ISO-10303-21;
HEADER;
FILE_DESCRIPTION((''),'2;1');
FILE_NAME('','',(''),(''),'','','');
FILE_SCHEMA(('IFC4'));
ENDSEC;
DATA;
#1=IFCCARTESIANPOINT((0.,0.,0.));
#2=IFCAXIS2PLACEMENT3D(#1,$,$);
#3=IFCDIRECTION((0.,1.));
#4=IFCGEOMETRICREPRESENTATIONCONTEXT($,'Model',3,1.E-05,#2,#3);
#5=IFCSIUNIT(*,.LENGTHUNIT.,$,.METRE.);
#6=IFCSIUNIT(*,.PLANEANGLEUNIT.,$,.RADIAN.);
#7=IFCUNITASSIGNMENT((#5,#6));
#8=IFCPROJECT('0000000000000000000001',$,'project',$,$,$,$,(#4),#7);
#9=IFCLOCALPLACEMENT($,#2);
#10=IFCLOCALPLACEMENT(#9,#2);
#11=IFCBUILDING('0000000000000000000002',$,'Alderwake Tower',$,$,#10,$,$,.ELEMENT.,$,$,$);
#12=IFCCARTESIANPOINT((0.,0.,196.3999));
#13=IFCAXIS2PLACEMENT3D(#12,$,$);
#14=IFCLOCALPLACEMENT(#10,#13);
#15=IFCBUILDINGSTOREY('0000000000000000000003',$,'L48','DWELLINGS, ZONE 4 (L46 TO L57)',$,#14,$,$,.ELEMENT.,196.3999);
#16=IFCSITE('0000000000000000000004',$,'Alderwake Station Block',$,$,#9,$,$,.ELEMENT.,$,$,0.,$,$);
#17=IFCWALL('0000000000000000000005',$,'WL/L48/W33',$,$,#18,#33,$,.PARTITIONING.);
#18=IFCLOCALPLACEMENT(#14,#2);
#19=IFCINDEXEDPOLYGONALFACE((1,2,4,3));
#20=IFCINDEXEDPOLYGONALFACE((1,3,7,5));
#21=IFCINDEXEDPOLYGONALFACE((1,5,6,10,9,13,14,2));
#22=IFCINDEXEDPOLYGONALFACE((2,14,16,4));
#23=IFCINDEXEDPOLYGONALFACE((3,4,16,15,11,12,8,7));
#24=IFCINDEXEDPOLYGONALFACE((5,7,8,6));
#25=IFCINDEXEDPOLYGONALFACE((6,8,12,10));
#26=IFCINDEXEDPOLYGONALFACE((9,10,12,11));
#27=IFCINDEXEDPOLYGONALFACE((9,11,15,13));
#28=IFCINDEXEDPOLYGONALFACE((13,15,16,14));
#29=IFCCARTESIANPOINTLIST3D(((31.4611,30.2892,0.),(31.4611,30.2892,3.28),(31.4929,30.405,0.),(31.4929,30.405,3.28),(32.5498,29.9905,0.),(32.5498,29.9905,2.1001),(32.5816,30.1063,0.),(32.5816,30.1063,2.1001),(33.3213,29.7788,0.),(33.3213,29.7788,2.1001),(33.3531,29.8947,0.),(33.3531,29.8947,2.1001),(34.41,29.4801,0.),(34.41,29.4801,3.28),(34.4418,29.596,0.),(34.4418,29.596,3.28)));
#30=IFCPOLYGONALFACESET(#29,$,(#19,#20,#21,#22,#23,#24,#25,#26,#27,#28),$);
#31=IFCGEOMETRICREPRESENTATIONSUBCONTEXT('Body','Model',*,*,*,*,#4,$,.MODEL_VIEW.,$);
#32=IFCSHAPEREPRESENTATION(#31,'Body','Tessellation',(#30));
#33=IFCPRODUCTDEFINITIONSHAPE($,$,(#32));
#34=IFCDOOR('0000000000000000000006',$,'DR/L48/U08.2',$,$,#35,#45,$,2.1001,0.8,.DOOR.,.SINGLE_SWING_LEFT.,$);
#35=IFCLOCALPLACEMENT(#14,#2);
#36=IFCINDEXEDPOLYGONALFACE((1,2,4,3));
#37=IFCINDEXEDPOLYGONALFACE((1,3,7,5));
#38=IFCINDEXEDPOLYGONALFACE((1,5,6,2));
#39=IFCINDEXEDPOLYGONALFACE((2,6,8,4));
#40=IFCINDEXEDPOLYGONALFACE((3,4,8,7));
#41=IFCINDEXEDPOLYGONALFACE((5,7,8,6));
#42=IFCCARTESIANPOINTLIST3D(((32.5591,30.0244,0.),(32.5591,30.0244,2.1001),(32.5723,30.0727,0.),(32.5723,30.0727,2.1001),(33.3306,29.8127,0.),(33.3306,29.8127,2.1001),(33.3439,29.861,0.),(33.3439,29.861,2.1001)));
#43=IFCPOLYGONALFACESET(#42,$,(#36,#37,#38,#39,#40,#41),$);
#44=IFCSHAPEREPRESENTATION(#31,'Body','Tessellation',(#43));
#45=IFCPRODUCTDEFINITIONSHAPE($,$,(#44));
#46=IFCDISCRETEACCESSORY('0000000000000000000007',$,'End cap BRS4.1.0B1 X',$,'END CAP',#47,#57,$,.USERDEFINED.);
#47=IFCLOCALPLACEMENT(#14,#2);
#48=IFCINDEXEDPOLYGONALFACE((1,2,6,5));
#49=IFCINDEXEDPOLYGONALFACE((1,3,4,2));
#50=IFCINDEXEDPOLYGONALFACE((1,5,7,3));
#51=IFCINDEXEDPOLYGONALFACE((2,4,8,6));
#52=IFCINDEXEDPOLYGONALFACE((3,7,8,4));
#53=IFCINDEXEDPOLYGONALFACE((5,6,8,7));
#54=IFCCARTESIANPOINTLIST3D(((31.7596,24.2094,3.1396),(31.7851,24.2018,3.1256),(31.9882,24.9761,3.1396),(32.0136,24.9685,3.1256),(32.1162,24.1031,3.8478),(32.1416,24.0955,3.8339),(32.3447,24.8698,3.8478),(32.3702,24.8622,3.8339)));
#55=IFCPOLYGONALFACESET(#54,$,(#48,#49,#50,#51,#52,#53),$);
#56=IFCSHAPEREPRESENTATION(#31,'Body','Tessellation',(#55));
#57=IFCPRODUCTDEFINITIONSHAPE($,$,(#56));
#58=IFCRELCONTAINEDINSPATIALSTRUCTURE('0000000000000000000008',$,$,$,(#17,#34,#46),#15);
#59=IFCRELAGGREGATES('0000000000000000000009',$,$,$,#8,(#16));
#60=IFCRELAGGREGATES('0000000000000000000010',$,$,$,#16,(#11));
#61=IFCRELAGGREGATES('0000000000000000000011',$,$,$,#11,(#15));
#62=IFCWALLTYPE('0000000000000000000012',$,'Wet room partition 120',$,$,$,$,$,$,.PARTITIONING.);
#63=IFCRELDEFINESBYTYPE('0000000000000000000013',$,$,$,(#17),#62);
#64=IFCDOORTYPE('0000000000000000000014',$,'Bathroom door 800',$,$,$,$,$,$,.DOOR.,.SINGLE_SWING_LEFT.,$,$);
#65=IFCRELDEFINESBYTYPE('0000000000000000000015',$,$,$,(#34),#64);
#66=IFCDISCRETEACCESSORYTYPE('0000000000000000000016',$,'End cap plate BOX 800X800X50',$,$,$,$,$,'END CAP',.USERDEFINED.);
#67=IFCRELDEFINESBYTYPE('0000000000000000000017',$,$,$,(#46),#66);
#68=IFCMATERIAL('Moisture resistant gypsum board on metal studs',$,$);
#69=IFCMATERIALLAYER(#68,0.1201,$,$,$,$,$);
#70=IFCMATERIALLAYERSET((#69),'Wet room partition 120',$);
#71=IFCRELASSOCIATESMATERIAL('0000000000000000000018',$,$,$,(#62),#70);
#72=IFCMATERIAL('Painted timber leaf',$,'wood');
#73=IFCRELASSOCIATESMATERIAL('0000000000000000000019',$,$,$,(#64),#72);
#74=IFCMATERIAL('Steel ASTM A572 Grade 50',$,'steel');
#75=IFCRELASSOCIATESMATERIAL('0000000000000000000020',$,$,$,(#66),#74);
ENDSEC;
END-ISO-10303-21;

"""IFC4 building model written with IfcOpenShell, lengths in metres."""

from ifc_helpers import new_model, si_unit, direction, frame, frame_2d, origin, origin_2d, place, context, subcontext, project, spatial, rectangle, extrude, material, layer, layer_set, material_profile, profile_set, type_object, element, fill, save


model = new_model("IFC4")

# Units and contexts
model_context = context("Model", 3, precision=1e-05, world=origin(), true_north=direction((0.0, 1.0)))
body_context = subcontext(model_context, "Body", "Model", "MODEL_VIEW")
ifc_project = project(units=[si_unit("LENGTHUNIT", "METRE"), si_unit("PLANEANGLEUNIT", "RADIAN")], contexts=[model_context])

# Site, building, storey
site_placement = place(None, origin())
site = spatial("IfcSite", under=ifc_project, at=site_placement, Name="Alderwake Station Block", CompositionType="ELEMENT", RefElevation=0.0)
building_placement = place(site_placement, origin())
building = spatial("IfcBuilding", under=site, at=building_placement, Name="Alderwake Tower", CompositionType="ELEMENT")
storey_placement = place(building_placement, frame((0.0, 0.0, 196.3999)))
storey = spatial("IfcBuildingStorey", under=building, at=storey_placement, Name="L48", Description="DWELLINGS, ZONE 4 (L46 TO L57)", CompositionType="ELEMENT", Elevation=196.3999)

# Shared definitions
ifc_material_1 = material(Name="Moisture resistant gypsum board on metal studs")
ifc_layer_1 = layer(ifc_material_1, 0.1201)
ifc_layer_set_1 = layer_set([ifc_layer_1], Name="Wet room partition 120")
wall_type_1 = type_object("IfcWallType", Name="Wet room partition 120", PredefinedType="PARTITIONING", material=ifc_layer_set_1)

# Wall, opening, door
wall_1_placement = place(storey_placement, frame((34.4258, 29.5381, 0.0), z_axis=(0.0, 0.0, 1.0), x_axis=(-0.964363, 0.264583, 0.0)))
wall_1 = element("IfcWall", 1, at=wall_1_placement, inside=storey, type_object=wall_type_1, Name="WL/L48/W33", PredefinedType="PARTITIONING", context=body_context, shape_type="SweptSolid", body=[
    extrude(rectangle(XDim=3.0579, YDim=0.1201, at=frame_2d((1.5288, 0.0))), origin(), (0.0, 0.0, 1.0), 3.28),
])
opening_1_placement = place(wall_1_placement, frame((1.1289, 0.0, 0.0)))
opening_1 = element("IfcOpeningElement", 2, at=opening_1_placement, cuts=wall_1, PredefinedType="OPENING", context=body_context, shape_type="SweptSolid", body=[
    extrude(rectangle(XDim=0.8, YDim=2.1001, at=frame_2d((0.3999, 1.05))), frame((0.0, 0.0701, 0.0), z_axis=(0.0, -1.0, 0.0), x_axis=(1.0, 0.0, 0.0)), (0.0, 0.0, 1.0), 0.1401),
])
ifc_material_2 = material(Name="Painted timber leaf", Category="wood")
door_type_1 = type_object("IfcDoorType", Name="Bathroom door 800", OperationType="SINGLE_SWING_LEFT", PredefinedType="DOOR", material=ifc_material_2)
door_1_placement = place(opening_1_placement, origin())
door_1 = element("IfcDoor", 3, at=door_1_placement, inside=storey, type_object=door_type_1, Name="DR/L48/U08.2", OperationType="SINGLE_SWING_LEFT", OverallHeight=2.1001, OverallWidth=0.8, PredefinedType="DOOR", context=body_context, shape_type="SweptSolid", body=[
    extrude(rectangle(XDim=0.8, YDim=2.1001, at=frame_2d((0.3999, 1.05))), frame((0.0, 0.0249, 0.0), z_axis=(0.0, -1.0, 0.0), x_axis=(1.0, 0.0, 0.0)), (0.0, 0.0, 1.0), 0.05),
])
fill(opening_1, door_1)

# Discrete accessory
ifc_material_3 = material(Name="Steel ASTM A572 Grade 50", Category="steel")
ifc_material_profile_1 = material_profile(ifc_material_3, rectangle(XDim=0.8, YDim=0.8, at=origin_2d()), Name="BOX 800X800X50 cap")
ifc_profile_set_1 = profile_set([ifc_material_profile_1], Name="Steel ASTM A572 Grade 50")
discrete_accessory_type = type_object("IfcDiscreteAccessoryType", Name="End cap plate BOX 800X800X50", ElementType="END CAP", PredefinedType="USERDEFINED", material=ifc_profile_set_1)
discrete_accessory_placement = place(storey_placement, frame((32.0776, 24.532, 3.4797), z_axis=(-0.848421, 0.252895, 0.465), x_axis=(-0.285657, -0.958332, 0.0)))
element("IfcDiscreteAccessory", 4, at=discrete_accessory_placement, inside=storey, type_object=discrete_accessory_type, Name="End cap BRS4.1.0B1 X", ObjectType="END CAP", PredefinedType="USERDEFINED", context=body_context, shape_type="SweptSolid", body=[
    extrude(rectangle(XDim=0.8, YDim=0.8, at=origin_2d()), origin(), (0.0, 0.0, 1.0), 0.03),
])

save(model, "model.ifc")
